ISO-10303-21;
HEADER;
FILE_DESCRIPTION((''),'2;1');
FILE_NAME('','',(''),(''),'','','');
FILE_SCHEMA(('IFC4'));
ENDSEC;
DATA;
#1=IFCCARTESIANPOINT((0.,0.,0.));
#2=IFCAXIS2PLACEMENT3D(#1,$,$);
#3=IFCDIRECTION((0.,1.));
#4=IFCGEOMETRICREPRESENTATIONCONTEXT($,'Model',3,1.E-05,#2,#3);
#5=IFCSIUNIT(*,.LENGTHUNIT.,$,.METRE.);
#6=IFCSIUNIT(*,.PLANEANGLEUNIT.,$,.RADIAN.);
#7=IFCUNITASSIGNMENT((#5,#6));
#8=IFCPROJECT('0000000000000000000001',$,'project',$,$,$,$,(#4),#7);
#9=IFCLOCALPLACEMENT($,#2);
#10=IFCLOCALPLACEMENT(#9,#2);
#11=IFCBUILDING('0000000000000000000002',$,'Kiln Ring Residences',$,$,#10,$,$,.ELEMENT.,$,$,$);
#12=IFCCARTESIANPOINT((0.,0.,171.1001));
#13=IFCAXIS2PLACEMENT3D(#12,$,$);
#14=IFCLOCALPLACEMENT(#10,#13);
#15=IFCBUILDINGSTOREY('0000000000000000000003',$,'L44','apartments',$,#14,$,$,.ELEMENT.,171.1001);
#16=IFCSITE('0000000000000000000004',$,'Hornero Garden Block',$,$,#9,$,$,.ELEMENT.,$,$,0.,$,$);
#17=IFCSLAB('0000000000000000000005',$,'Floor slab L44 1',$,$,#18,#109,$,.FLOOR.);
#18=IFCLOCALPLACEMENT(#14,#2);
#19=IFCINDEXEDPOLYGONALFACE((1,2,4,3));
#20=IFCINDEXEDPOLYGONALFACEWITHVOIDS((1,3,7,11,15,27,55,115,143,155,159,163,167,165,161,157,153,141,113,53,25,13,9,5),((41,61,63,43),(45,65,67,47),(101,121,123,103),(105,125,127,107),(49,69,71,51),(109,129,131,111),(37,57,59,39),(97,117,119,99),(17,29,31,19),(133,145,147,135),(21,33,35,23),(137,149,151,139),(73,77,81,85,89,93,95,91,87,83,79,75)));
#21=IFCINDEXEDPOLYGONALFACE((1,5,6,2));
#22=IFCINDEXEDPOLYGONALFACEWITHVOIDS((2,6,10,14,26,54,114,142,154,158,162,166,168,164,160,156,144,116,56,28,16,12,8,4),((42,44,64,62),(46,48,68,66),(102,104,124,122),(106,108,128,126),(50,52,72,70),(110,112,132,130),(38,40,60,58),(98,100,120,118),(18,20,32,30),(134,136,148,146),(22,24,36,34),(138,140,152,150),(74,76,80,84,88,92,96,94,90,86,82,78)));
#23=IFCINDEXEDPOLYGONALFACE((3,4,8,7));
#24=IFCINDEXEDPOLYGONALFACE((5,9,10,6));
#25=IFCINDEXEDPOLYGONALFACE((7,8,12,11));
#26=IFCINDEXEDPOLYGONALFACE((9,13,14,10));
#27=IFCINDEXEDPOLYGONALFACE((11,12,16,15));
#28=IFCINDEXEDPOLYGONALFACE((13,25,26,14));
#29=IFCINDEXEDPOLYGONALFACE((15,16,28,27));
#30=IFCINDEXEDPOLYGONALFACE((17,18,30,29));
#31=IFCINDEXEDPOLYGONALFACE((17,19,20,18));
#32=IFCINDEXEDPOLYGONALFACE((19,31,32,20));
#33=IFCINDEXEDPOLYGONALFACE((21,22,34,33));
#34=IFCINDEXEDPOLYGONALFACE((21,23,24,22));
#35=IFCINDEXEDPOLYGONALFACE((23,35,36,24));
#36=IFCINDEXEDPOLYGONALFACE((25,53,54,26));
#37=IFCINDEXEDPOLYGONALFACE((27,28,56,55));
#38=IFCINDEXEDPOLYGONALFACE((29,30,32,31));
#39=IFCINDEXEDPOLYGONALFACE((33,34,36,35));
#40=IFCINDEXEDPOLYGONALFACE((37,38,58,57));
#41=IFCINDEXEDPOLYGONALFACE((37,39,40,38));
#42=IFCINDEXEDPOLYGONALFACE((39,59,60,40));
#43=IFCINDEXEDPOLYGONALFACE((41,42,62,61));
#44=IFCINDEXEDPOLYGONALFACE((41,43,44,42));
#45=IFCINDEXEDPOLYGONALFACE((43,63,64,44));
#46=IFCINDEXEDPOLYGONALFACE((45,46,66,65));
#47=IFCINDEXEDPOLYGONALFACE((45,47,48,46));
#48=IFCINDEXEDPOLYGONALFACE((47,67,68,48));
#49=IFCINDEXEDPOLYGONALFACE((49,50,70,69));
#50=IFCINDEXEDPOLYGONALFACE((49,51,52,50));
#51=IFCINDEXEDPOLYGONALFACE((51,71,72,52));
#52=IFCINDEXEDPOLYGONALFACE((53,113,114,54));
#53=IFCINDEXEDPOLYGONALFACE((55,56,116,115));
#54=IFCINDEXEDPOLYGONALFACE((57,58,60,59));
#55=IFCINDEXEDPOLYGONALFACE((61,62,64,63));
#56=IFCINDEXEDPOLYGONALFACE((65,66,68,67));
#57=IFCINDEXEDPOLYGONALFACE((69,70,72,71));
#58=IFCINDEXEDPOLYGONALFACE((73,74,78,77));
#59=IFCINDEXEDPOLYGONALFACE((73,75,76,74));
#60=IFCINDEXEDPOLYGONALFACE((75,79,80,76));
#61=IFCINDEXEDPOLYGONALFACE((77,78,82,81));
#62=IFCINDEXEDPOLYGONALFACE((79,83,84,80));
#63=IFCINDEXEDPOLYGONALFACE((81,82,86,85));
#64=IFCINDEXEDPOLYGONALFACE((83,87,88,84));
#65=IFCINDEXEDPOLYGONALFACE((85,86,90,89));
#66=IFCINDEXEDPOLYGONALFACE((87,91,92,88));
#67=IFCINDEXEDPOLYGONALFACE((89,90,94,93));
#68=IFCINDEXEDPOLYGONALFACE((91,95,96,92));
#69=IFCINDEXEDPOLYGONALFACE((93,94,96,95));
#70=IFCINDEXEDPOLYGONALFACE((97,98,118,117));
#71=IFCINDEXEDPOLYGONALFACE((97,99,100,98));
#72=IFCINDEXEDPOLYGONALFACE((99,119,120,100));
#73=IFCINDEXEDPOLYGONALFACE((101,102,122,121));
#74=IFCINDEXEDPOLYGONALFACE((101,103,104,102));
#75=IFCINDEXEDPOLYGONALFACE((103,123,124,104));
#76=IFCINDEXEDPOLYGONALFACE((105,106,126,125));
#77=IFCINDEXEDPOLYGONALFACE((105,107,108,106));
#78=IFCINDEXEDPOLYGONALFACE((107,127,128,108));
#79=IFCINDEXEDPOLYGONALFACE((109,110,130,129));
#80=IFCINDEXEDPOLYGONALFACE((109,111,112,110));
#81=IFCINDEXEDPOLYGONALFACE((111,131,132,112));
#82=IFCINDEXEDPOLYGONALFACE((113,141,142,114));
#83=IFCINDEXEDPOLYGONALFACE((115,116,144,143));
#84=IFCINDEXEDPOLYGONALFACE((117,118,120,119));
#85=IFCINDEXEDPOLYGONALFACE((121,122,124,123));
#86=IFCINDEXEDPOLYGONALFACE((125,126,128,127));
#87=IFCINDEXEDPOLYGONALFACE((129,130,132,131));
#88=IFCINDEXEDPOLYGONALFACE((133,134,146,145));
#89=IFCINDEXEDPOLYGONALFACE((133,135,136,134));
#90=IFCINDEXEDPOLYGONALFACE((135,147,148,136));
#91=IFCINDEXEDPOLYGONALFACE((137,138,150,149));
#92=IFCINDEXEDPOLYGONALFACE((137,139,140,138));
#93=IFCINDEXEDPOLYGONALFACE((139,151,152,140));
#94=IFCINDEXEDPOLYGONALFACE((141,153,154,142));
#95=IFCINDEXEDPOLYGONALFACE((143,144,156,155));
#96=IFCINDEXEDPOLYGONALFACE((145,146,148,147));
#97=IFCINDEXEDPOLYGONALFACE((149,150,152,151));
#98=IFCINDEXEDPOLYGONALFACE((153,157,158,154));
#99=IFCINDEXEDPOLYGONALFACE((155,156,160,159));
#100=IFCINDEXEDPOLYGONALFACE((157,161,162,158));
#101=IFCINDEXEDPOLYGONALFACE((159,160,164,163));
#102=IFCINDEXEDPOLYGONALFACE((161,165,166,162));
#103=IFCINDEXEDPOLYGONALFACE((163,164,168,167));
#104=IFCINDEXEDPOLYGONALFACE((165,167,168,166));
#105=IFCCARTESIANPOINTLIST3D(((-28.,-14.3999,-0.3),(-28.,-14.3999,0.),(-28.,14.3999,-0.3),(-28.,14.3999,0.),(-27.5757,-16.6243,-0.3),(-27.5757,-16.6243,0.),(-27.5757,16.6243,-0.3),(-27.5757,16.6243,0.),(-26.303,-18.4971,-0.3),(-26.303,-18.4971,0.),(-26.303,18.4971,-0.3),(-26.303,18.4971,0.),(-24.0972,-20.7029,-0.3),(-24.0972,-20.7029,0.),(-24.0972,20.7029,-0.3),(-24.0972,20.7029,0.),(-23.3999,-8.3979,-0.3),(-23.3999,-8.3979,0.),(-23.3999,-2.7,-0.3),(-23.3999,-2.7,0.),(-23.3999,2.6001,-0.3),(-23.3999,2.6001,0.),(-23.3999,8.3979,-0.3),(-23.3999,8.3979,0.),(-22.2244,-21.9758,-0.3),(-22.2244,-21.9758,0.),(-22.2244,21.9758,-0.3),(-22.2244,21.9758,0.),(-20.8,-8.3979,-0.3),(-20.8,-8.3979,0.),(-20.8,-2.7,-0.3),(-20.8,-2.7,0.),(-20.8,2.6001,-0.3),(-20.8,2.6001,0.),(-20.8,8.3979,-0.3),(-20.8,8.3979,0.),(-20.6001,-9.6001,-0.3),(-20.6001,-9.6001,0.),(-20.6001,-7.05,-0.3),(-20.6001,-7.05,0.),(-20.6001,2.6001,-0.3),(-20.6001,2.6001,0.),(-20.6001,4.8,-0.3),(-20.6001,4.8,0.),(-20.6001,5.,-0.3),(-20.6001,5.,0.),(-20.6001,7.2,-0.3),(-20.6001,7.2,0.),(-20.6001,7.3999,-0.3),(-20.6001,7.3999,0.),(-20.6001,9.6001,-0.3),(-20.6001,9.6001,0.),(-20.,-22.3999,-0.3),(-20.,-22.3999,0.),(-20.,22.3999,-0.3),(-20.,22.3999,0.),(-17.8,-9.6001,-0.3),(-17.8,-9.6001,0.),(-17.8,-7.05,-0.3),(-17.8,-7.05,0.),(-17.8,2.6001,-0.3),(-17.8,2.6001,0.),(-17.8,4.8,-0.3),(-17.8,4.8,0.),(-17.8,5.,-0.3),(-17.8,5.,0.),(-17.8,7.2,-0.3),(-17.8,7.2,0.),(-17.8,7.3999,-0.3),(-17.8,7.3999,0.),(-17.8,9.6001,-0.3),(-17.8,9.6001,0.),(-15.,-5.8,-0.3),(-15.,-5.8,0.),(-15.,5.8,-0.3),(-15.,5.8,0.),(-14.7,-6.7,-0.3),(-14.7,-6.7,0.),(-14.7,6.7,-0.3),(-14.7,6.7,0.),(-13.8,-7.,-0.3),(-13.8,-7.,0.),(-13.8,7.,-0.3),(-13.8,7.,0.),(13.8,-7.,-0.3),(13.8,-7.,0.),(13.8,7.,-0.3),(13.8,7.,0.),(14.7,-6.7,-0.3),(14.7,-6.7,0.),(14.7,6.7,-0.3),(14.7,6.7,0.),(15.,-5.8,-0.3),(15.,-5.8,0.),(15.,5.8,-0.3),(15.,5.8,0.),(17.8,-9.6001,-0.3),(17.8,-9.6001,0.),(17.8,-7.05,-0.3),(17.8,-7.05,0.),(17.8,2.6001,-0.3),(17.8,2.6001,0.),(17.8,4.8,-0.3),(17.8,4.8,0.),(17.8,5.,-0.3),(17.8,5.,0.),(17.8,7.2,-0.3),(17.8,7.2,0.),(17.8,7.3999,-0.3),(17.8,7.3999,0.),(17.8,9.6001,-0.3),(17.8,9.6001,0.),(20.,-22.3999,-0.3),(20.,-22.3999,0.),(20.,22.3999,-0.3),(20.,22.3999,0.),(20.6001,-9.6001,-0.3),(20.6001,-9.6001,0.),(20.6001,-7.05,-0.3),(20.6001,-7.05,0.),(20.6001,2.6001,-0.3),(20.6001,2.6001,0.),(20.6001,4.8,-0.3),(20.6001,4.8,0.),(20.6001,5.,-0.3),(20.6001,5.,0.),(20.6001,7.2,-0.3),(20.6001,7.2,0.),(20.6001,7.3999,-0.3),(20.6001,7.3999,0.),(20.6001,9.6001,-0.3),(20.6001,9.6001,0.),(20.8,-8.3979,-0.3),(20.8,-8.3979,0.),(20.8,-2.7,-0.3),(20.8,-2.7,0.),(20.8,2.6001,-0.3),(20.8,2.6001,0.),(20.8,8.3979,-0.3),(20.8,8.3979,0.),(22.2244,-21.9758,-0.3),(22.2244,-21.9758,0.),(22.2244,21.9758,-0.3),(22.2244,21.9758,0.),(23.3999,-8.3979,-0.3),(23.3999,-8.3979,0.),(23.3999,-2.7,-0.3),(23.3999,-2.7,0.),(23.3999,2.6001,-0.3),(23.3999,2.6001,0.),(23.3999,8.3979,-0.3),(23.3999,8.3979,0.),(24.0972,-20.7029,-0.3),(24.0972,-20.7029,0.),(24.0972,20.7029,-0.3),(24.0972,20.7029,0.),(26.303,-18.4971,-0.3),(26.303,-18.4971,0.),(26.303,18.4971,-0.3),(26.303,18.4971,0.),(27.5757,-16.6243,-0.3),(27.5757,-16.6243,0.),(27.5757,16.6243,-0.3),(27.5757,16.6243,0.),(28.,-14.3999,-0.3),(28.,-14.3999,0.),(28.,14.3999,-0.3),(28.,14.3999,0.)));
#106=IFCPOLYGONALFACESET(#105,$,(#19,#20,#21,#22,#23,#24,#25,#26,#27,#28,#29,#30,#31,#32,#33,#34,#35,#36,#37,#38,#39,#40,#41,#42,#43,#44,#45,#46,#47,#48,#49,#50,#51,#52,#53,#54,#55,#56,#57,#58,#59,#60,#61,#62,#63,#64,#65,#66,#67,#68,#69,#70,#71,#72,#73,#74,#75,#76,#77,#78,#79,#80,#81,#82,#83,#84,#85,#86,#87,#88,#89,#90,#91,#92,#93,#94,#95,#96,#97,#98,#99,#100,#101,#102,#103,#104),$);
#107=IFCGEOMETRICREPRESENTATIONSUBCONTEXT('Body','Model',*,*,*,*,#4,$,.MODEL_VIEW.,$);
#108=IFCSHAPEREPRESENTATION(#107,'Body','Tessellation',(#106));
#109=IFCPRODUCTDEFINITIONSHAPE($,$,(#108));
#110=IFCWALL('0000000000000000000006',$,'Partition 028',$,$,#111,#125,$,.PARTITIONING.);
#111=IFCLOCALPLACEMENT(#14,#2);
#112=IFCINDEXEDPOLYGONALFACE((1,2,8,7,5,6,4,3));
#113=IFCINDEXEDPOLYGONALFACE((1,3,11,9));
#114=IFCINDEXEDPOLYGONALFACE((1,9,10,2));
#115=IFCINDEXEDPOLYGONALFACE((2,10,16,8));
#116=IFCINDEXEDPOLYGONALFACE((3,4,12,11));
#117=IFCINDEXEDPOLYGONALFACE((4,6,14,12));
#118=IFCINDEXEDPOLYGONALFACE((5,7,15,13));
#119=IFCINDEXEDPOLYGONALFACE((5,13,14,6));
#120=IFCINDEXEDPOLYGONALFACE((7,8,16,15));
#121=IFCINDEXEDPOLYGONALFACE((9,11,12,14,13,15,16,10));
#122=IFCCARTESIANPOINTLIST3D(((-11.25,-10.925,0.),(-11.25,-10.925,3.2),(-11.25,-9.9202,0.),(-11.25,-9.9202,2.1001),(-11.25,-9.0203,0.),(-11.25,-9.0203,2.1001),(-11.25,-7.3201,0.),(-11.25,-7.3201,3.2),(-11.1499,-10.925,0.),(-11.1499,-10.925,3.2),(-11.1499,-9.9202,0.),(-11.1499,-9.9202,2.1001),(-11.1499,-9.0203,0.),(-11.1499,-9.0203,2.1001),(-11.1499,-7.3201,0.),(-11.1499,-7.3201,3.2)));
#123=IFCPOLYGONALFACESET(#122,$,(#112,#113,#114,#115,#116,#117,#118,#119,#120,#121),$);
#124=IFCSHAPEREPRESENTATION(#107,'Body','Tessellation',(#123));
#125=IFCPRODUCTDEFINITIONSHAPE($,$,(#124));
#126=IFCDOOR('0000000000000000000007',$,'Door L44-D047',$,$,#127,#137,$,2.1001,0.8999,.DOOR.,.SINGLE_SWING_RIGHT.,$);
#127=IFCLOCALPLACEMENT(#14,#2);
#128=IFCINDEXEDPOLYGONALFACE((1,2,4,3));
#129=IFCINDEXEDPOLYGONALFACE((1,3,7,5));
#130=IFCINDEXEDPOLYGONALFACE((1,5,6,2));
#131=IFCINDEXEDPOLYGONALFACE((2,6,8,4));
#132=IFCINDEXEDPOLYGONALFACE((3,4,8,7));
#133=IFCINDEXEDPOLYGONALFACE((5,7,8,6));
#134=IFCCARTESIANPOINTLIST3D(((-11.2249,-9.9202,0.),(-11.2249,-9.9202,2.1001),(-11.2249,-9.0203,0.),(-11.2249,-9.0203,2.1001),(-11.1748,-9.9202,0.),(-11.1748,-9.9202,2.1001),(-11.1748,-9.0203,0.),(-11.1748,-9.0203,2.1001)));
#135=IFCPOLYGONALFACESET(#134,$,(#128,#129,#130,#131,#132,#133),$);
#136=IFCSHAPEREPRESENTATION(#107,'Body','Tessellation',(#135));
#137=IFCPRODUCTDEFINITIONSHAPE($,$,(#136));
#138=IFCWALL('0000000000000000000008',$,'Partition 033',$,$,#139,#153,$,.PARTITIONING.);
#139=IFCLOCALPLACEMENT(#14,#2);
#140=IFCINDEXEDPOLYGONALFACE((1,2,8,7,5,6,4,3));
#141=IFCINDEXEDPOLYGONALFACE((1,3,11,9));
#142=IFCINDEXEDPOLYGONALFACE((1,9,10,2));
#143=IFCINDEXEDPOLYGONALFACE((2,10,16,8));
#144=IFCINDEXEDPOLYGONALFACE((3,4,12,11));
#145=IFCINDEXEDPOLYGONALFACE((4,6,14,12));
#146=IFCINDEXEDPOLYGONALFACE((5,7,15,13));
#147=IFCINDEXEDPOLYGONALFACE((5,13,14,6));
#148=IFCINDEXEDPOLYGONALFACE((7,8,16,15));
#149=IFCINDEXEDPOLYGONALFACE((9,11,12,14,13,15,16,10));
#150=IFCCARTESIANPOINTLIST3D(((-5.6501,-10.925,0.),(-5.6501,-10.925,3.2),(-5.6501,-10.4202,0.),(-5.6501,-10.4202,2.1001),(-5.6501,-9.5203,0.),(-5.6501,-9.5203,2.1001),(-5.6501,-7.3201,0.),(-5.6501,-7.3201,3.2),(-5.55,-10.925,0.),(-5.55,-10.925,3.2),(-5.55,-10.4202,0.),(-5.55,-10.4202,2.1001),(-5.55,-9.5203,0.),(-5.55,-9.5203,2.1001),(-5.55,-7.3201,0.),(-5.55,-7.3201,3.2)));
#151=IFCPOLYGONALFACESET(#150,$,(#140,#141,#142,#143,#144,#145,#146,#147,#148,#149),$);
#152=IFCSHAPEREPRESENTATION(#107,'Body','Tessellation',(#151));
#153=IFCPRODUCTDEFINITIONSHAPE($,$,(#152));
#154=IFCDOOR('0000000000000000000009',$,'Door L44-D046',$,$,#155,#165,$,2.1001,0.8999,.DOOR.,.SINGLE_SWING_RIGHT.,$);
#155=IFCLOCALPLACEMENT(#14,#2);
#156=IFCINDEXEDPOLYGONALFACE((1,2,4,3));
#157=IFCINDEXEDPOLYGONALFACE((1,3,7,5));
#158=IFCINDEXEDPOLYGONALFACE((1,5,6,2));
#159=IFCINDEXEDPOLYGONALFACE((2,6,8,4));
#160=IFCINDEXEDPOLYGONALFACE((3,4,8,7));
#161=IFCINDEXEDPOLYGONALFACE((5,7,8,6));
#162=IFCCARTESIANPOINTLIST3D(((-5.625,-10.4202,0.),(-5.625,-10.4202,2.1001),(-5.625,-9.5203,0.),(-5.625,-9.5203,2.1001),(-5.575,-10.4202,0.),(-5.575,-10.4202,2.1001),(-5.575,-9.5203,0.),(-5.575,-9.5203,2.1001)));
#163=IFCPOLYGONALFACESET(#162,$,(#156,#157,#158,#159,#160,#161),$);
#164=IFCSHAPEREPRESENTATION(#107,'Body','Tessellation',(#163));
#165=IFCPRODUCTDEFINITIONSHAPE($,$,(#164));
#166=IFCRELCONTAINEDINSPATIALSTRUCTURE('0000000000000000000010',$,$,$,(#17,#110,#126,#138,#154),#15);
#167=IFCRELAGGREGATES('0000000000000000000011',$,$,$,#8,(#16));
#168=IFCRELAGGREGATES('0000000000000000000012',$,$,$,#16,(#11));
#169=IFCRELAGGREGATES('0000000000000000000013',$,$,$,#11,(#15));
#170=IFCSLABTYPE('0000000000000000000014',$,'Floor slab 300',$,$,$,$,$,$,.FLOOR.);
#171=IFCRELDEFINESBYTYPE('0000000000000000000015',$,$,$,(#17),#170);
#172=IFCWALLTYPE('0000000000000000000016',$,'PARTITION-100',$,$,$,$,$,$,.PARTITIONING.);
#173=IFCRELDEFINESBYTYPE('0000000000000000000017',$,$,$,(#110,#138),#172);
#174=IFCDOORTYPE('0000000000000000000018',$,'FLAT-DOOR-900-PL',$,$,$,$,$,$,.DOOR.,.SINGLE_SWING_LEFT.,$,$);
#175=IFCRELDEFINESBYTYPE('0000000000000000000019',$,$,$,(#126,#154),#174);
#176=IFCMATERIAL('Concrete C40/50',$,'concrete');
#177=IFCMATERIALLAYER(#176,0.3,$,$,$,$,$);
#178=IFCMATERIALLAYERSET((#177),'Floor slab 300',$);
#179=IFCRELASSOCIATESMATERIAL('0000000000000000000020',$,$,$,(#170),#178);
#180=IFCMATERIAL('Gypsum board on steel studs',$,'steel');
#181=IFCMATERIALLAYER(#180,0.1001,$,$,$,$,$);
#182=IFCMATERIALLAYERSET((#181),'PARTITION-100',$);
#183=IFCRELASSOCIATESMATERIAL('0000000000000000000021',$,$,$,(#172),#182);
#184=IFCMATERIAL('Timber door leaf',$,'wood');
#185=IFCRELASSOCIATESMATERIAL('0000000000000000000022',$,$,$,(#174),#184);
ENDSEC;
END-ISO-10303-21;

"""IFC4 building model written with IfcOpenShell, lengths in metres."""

from ifc_helpers import new_model, si_unit, direction, frame, frame_2d, origin, place, context, subcontext, project, spatial, polyline, rectangle, outline, extrude, material, layer, layer_set, type_object, element, fill, save


model = new_model("IFC4")

# Units and contexts
model_context = context("Model", 3, precision=1e-05, world=origin(), true_north=direction((0.0, 1.0)))
body_context = subcontext(model_context, "Body", "Model", "MODEL_VIEW")
ifc_project = project(units=[si_unit("LENGTHUNIT", "METRE"), si_unit("PLANEANGLEUNIT", "RADIAN")], contexts=[model_context])

# Site, building, storey
site_placement = place(None, origin())
site = spatial("IfcSite", under=ifc_project, at=site_placement, Name="Hornero Garden Block", CompositionType="ELEMENT", RefElevation=0.0)
building_placement = place(site_placement, origin())
building = spatial("IfcBuilding", under=site, at=building_placement, Name="Kiln Ring Residences", CompositionType="ELEMENT")
storey_placement = place(building_placement, frame((0.0, 0.0, 171.1001)))
storey = spatial("IfcBuildingStorey", under=building, at=storey_placement, Name="L44", Description="apartments", CompositionType="ELEMENT", Elevation=171.1001)

# Slab
ifc_material_1 = material(Name="Concrete C40/50", Category="concrete")
ifc_layer_1 = layer(ifc_material_1, 0.3)
ifc_layer_set_1 = layer_set([ifc_layer_1], Name="Floor slab 300")
slab_type = type_object("IfcSlabType", Name="Floor slab 300", PredefinedType="FLOOR", material=ifc_layer_set_1)
slab_placement = place(storey_placement, frame((0.0, 0.0, -0.3)))
element("IfcSlab", 1, at=slab_placement, inside=storey, type_object=slab_type, Name="Floor slab L44 1", PredefinedType="FLOOR", context=body_context, shape_type="SweptSolid", body=[
    extrude(outline(polyline([(-26.303, -18.4971), (-24.0972, -20.7029), (-22.2244, -21.9758), (-20.0, -22.3999), (20.0, -22.3999), (22.2244, -21.9758), (24.0972, -20.7029), (26.303, -18.4971), (27.5757, -16.6243), (28.0, -14.3999), (28.0, 14.3999), (27.5757, 16.6243), (26.303, 18.4971), (24.0972, 20.7029), (22.2244, 21.9758), (20.0, 22.3999), (-20.0, 22.3999), (-22.2244, 21.9758), (-24.0972, 20.7029), (-26.303, 18.4971), (-27.5757, 16.6243), (-28.0, 14.3999), (-28.0, -14.3999), (-27.5757, -16.6243), (-26.303, -18.4971)]), holes=[polyline([(-14.7, -6.7), (-15.0, -5.8), (-15.0, 5.8), (-14.7, 6.7), (-13.8, 7.0), (13.8, 7.0), (14.7, 6.7), (15.0, 5.8), (15.0, -5.8), (14.7, -6.7), (13.8, -7.0), (-13.8, -7.0), (-14.7, -6.7)]), polyline([(20.8, -8.3979), (20.8, -2.7), (23.3999, -2.7), (23.3999, -8.3979), (20.8, -8.3979)]), polyline([(23.3999, 2.6001), (20.8, 2.6001), (20.8, 8.3979), (23.3999, 8.3979), (23.3999, 2.6001)]), polyline([(17.8, 2.6001), (17.8, 4.8), (20.6001, 4.8), (20.6001, 2.6001), (17.8, 2.6001)]), polyline([(17.8, 5.0), (17.8, 7.2), (20.6001, 7.2), (20.6001, 5.0), (17.8, 5.0)]), polyline([(17.8, 7.3999), (17.8, 9.6001), (20.6001, 9.6001), (20.6001, 7.3999), (17.8, 7.3999)]), polyline([(20.6001, -9.6001), (17.8, -9.6001), (17.8, -7.05), (20.6001, -7.05), (20.6001, -9.6001)]), polyline([(-17.8, -7.05), (-17.8, -9.6001), (-20.6001, -9.6001), (-20.6001, -7.05), (-17.8, -7.05)]), polyline([(-17.8, 2.6001), (-20.6001, 2.6001), (-20.6001, 4.8), (-17.8, 4.8), (-17.8, 2.6001)]), polyline([(-17.8, 5.0), (-20.6001, 5.0), (-20.6001, 7.2), (-17.8, 7.2), (-17.8, 5.0)]), polyline([(-17.8, 7.3999), (-20.6001, 7.3999), (-20.6001, 9.6001), (-17.8, 9.6001), (-17.8, 7.3999)]), polyline([(-20.8, -8.3979), (-23.3999, -8.3979), (-23.3999, -2.7), (-20.8, -2.7), (-20.8, -8.3979)]), polyline([(-20.8, 8.3979), (-20.8, 2.6001), (-23.3999, 2.6001), (-23.3999, 8.3979), (-20.8, 8.3979)])]), origin(), (0.0, 0.0, 1.0), 0.3),
])

# Walls, openings, doors
ifc_material_2 = material(Name="Gypsum board on steel studs", Category="steel")
ifc_layer_2 = layer(ifc_material_2, 0.1001)
ifc_layer_set_2 = layer_set([ifc_layer_2], Name="PARTITION-100")
wall_type = type_object("IfcWallType", Name="PARTITION-100", PredefinedType="PARTITIONING", material=ifc_layer_set_2)
wall_1_placement = place(storey_placement, frame((-11.2, -10.925, 0.0), z_axis=(0.0, 0.0, 1.0), x_axis=(0.0, 1.0, 0.0)))
wall_1 = element("IfcWall", 2, at=wall_1_placement, inside=storey, type_object=wall_type, Name="Partition 028", PredefinedType="PARTITIONING", context=body_context, shape_type="SweptSolid", body=[
    extrude(rectangle(XDim=3.605, YDim=0.1001, at=frame_2d((1.8025, 0.0))), origin(), (0.0, 0.0, 1.0), 3.2),
])
opening_1_placement = place(wall_1_placement, frame((1.0049, 0.0, 0.0)))
opening_1 = element("IfcOpeningElement", 3, at=opening_1_placement, cuts=wall_1, PredefinedType="OPENING", context=body_context, shape_type="SweptSolid", body=[
    extrude(rectangle(XDim=0.8999, YDim=2.1001, at=frame_2d((0.45, 1.05))), frame((0.0, 0.0601, 0.0), z_axis=(0.0, -1.0, 0.0), x_axis=(1.0, 0.0, 0.0)), (0.0, 0.0, 1.0), 0.1201),
])
ifc_material_3 = material(Name="Timber door leaf", Category="wood")
door_type_1 = type_object("IfcDoorType", Name="FLAT-DOOR-900-PL", OperationType="SINGLE_SWING_LEFT", PredefinedType="DOOR", material=ifc_material_3)
door_1_placement = place(opening_1_placement, origin())
door_1 = element("IfcDoor", 4, at=door_1_placement, inside=storey, type_object=door_type_1, Name="Door L44-D047", OperationType="SINGLE_SWING_RIGHT", OverallHeight=2.1001, OverallWidth=0.8999, PredefinedType="DOOR", context=body_context, shape_type="SweptSolid", body=[
    extrude(rectangle(XDim=0.8999, YDim=2.1001, at=frame_2d((0.45, 1.05))), frame((0.0, 0.0249, 0.0), z_axis=(0.0, -1.0, 0.0), x_axis=(1.0, 0.0, 0.0)), (0.0, 0.0, 1.0), 0.05),
])
fill(opening_1, door_1)
wall_2_placement = place(storey_placement, frame((-5.6001, -10.925, 0.0), z_axis=(0.0, 0.0, 1.0), x_axis=(0.0, 1.0, 0.0)))
wall_2 = element("IfcWall", 5, at=wall_2_placement, inside=storey, type_object=wall_type, Name="Partition 033", PredefinedType="PARTITIONING", context=body_context, shape_type="SweptSolid", body=[
    extrude(rectangle(XDim=3.605, YDim=0.1001, at=frame_2d((1.8025, 0.0))), origin(), (0.0, 0.0, 1.0), 3.2),
])
opening_2_placement = place(wall_2_placement, frame((0.5049, 0.0, 0.0)))
opening_2 = element("IfcOpeningElement", 6, at=opening_2_placement, cuts=wall_2, PredefinedType="OPENING", context=body_context, shape_type="SweptSolid", body=[
    extrude(rectangle(XDim=0.8999, YDim=2.1001, at=frame_2d((0.45, 1.05))), frame((0.0, 0.0601, 0.0), z_axis=(0.0, -1.0, 0.0), x_axis=(1.0, 0.0, 0.0)), (0.0, 0.0, 1.0), 0.1201),
])
door_2_placement = place(opening_2_placement, origin())
door_2 = element("IfcDoor", 7, at=door_2_placement, inside=storey, type_object=door_type_1, Name="Door L44-D046", OperationType="SINGLE_SWING_RIGHT", OverallHeight=2.1001, OverallWidth=0.8999, PredefinedType="DOOR", context=body_context, shape_type="SweptSolid", body=[
    extrude(rectangle(XDim=0.8999, YDim=2.1001, at=frame_2d((0.45, 1.05))), frame((0.0, 0.0249, 0.0), z_axis=(0.0, -1.0, 0.0), x_axis=(1.0, 0.0, 0.0)), (0.0, 0.0, 1.0), 0.05),
])
fill(opening_2, door_2)

save(model, "model.ifc")
